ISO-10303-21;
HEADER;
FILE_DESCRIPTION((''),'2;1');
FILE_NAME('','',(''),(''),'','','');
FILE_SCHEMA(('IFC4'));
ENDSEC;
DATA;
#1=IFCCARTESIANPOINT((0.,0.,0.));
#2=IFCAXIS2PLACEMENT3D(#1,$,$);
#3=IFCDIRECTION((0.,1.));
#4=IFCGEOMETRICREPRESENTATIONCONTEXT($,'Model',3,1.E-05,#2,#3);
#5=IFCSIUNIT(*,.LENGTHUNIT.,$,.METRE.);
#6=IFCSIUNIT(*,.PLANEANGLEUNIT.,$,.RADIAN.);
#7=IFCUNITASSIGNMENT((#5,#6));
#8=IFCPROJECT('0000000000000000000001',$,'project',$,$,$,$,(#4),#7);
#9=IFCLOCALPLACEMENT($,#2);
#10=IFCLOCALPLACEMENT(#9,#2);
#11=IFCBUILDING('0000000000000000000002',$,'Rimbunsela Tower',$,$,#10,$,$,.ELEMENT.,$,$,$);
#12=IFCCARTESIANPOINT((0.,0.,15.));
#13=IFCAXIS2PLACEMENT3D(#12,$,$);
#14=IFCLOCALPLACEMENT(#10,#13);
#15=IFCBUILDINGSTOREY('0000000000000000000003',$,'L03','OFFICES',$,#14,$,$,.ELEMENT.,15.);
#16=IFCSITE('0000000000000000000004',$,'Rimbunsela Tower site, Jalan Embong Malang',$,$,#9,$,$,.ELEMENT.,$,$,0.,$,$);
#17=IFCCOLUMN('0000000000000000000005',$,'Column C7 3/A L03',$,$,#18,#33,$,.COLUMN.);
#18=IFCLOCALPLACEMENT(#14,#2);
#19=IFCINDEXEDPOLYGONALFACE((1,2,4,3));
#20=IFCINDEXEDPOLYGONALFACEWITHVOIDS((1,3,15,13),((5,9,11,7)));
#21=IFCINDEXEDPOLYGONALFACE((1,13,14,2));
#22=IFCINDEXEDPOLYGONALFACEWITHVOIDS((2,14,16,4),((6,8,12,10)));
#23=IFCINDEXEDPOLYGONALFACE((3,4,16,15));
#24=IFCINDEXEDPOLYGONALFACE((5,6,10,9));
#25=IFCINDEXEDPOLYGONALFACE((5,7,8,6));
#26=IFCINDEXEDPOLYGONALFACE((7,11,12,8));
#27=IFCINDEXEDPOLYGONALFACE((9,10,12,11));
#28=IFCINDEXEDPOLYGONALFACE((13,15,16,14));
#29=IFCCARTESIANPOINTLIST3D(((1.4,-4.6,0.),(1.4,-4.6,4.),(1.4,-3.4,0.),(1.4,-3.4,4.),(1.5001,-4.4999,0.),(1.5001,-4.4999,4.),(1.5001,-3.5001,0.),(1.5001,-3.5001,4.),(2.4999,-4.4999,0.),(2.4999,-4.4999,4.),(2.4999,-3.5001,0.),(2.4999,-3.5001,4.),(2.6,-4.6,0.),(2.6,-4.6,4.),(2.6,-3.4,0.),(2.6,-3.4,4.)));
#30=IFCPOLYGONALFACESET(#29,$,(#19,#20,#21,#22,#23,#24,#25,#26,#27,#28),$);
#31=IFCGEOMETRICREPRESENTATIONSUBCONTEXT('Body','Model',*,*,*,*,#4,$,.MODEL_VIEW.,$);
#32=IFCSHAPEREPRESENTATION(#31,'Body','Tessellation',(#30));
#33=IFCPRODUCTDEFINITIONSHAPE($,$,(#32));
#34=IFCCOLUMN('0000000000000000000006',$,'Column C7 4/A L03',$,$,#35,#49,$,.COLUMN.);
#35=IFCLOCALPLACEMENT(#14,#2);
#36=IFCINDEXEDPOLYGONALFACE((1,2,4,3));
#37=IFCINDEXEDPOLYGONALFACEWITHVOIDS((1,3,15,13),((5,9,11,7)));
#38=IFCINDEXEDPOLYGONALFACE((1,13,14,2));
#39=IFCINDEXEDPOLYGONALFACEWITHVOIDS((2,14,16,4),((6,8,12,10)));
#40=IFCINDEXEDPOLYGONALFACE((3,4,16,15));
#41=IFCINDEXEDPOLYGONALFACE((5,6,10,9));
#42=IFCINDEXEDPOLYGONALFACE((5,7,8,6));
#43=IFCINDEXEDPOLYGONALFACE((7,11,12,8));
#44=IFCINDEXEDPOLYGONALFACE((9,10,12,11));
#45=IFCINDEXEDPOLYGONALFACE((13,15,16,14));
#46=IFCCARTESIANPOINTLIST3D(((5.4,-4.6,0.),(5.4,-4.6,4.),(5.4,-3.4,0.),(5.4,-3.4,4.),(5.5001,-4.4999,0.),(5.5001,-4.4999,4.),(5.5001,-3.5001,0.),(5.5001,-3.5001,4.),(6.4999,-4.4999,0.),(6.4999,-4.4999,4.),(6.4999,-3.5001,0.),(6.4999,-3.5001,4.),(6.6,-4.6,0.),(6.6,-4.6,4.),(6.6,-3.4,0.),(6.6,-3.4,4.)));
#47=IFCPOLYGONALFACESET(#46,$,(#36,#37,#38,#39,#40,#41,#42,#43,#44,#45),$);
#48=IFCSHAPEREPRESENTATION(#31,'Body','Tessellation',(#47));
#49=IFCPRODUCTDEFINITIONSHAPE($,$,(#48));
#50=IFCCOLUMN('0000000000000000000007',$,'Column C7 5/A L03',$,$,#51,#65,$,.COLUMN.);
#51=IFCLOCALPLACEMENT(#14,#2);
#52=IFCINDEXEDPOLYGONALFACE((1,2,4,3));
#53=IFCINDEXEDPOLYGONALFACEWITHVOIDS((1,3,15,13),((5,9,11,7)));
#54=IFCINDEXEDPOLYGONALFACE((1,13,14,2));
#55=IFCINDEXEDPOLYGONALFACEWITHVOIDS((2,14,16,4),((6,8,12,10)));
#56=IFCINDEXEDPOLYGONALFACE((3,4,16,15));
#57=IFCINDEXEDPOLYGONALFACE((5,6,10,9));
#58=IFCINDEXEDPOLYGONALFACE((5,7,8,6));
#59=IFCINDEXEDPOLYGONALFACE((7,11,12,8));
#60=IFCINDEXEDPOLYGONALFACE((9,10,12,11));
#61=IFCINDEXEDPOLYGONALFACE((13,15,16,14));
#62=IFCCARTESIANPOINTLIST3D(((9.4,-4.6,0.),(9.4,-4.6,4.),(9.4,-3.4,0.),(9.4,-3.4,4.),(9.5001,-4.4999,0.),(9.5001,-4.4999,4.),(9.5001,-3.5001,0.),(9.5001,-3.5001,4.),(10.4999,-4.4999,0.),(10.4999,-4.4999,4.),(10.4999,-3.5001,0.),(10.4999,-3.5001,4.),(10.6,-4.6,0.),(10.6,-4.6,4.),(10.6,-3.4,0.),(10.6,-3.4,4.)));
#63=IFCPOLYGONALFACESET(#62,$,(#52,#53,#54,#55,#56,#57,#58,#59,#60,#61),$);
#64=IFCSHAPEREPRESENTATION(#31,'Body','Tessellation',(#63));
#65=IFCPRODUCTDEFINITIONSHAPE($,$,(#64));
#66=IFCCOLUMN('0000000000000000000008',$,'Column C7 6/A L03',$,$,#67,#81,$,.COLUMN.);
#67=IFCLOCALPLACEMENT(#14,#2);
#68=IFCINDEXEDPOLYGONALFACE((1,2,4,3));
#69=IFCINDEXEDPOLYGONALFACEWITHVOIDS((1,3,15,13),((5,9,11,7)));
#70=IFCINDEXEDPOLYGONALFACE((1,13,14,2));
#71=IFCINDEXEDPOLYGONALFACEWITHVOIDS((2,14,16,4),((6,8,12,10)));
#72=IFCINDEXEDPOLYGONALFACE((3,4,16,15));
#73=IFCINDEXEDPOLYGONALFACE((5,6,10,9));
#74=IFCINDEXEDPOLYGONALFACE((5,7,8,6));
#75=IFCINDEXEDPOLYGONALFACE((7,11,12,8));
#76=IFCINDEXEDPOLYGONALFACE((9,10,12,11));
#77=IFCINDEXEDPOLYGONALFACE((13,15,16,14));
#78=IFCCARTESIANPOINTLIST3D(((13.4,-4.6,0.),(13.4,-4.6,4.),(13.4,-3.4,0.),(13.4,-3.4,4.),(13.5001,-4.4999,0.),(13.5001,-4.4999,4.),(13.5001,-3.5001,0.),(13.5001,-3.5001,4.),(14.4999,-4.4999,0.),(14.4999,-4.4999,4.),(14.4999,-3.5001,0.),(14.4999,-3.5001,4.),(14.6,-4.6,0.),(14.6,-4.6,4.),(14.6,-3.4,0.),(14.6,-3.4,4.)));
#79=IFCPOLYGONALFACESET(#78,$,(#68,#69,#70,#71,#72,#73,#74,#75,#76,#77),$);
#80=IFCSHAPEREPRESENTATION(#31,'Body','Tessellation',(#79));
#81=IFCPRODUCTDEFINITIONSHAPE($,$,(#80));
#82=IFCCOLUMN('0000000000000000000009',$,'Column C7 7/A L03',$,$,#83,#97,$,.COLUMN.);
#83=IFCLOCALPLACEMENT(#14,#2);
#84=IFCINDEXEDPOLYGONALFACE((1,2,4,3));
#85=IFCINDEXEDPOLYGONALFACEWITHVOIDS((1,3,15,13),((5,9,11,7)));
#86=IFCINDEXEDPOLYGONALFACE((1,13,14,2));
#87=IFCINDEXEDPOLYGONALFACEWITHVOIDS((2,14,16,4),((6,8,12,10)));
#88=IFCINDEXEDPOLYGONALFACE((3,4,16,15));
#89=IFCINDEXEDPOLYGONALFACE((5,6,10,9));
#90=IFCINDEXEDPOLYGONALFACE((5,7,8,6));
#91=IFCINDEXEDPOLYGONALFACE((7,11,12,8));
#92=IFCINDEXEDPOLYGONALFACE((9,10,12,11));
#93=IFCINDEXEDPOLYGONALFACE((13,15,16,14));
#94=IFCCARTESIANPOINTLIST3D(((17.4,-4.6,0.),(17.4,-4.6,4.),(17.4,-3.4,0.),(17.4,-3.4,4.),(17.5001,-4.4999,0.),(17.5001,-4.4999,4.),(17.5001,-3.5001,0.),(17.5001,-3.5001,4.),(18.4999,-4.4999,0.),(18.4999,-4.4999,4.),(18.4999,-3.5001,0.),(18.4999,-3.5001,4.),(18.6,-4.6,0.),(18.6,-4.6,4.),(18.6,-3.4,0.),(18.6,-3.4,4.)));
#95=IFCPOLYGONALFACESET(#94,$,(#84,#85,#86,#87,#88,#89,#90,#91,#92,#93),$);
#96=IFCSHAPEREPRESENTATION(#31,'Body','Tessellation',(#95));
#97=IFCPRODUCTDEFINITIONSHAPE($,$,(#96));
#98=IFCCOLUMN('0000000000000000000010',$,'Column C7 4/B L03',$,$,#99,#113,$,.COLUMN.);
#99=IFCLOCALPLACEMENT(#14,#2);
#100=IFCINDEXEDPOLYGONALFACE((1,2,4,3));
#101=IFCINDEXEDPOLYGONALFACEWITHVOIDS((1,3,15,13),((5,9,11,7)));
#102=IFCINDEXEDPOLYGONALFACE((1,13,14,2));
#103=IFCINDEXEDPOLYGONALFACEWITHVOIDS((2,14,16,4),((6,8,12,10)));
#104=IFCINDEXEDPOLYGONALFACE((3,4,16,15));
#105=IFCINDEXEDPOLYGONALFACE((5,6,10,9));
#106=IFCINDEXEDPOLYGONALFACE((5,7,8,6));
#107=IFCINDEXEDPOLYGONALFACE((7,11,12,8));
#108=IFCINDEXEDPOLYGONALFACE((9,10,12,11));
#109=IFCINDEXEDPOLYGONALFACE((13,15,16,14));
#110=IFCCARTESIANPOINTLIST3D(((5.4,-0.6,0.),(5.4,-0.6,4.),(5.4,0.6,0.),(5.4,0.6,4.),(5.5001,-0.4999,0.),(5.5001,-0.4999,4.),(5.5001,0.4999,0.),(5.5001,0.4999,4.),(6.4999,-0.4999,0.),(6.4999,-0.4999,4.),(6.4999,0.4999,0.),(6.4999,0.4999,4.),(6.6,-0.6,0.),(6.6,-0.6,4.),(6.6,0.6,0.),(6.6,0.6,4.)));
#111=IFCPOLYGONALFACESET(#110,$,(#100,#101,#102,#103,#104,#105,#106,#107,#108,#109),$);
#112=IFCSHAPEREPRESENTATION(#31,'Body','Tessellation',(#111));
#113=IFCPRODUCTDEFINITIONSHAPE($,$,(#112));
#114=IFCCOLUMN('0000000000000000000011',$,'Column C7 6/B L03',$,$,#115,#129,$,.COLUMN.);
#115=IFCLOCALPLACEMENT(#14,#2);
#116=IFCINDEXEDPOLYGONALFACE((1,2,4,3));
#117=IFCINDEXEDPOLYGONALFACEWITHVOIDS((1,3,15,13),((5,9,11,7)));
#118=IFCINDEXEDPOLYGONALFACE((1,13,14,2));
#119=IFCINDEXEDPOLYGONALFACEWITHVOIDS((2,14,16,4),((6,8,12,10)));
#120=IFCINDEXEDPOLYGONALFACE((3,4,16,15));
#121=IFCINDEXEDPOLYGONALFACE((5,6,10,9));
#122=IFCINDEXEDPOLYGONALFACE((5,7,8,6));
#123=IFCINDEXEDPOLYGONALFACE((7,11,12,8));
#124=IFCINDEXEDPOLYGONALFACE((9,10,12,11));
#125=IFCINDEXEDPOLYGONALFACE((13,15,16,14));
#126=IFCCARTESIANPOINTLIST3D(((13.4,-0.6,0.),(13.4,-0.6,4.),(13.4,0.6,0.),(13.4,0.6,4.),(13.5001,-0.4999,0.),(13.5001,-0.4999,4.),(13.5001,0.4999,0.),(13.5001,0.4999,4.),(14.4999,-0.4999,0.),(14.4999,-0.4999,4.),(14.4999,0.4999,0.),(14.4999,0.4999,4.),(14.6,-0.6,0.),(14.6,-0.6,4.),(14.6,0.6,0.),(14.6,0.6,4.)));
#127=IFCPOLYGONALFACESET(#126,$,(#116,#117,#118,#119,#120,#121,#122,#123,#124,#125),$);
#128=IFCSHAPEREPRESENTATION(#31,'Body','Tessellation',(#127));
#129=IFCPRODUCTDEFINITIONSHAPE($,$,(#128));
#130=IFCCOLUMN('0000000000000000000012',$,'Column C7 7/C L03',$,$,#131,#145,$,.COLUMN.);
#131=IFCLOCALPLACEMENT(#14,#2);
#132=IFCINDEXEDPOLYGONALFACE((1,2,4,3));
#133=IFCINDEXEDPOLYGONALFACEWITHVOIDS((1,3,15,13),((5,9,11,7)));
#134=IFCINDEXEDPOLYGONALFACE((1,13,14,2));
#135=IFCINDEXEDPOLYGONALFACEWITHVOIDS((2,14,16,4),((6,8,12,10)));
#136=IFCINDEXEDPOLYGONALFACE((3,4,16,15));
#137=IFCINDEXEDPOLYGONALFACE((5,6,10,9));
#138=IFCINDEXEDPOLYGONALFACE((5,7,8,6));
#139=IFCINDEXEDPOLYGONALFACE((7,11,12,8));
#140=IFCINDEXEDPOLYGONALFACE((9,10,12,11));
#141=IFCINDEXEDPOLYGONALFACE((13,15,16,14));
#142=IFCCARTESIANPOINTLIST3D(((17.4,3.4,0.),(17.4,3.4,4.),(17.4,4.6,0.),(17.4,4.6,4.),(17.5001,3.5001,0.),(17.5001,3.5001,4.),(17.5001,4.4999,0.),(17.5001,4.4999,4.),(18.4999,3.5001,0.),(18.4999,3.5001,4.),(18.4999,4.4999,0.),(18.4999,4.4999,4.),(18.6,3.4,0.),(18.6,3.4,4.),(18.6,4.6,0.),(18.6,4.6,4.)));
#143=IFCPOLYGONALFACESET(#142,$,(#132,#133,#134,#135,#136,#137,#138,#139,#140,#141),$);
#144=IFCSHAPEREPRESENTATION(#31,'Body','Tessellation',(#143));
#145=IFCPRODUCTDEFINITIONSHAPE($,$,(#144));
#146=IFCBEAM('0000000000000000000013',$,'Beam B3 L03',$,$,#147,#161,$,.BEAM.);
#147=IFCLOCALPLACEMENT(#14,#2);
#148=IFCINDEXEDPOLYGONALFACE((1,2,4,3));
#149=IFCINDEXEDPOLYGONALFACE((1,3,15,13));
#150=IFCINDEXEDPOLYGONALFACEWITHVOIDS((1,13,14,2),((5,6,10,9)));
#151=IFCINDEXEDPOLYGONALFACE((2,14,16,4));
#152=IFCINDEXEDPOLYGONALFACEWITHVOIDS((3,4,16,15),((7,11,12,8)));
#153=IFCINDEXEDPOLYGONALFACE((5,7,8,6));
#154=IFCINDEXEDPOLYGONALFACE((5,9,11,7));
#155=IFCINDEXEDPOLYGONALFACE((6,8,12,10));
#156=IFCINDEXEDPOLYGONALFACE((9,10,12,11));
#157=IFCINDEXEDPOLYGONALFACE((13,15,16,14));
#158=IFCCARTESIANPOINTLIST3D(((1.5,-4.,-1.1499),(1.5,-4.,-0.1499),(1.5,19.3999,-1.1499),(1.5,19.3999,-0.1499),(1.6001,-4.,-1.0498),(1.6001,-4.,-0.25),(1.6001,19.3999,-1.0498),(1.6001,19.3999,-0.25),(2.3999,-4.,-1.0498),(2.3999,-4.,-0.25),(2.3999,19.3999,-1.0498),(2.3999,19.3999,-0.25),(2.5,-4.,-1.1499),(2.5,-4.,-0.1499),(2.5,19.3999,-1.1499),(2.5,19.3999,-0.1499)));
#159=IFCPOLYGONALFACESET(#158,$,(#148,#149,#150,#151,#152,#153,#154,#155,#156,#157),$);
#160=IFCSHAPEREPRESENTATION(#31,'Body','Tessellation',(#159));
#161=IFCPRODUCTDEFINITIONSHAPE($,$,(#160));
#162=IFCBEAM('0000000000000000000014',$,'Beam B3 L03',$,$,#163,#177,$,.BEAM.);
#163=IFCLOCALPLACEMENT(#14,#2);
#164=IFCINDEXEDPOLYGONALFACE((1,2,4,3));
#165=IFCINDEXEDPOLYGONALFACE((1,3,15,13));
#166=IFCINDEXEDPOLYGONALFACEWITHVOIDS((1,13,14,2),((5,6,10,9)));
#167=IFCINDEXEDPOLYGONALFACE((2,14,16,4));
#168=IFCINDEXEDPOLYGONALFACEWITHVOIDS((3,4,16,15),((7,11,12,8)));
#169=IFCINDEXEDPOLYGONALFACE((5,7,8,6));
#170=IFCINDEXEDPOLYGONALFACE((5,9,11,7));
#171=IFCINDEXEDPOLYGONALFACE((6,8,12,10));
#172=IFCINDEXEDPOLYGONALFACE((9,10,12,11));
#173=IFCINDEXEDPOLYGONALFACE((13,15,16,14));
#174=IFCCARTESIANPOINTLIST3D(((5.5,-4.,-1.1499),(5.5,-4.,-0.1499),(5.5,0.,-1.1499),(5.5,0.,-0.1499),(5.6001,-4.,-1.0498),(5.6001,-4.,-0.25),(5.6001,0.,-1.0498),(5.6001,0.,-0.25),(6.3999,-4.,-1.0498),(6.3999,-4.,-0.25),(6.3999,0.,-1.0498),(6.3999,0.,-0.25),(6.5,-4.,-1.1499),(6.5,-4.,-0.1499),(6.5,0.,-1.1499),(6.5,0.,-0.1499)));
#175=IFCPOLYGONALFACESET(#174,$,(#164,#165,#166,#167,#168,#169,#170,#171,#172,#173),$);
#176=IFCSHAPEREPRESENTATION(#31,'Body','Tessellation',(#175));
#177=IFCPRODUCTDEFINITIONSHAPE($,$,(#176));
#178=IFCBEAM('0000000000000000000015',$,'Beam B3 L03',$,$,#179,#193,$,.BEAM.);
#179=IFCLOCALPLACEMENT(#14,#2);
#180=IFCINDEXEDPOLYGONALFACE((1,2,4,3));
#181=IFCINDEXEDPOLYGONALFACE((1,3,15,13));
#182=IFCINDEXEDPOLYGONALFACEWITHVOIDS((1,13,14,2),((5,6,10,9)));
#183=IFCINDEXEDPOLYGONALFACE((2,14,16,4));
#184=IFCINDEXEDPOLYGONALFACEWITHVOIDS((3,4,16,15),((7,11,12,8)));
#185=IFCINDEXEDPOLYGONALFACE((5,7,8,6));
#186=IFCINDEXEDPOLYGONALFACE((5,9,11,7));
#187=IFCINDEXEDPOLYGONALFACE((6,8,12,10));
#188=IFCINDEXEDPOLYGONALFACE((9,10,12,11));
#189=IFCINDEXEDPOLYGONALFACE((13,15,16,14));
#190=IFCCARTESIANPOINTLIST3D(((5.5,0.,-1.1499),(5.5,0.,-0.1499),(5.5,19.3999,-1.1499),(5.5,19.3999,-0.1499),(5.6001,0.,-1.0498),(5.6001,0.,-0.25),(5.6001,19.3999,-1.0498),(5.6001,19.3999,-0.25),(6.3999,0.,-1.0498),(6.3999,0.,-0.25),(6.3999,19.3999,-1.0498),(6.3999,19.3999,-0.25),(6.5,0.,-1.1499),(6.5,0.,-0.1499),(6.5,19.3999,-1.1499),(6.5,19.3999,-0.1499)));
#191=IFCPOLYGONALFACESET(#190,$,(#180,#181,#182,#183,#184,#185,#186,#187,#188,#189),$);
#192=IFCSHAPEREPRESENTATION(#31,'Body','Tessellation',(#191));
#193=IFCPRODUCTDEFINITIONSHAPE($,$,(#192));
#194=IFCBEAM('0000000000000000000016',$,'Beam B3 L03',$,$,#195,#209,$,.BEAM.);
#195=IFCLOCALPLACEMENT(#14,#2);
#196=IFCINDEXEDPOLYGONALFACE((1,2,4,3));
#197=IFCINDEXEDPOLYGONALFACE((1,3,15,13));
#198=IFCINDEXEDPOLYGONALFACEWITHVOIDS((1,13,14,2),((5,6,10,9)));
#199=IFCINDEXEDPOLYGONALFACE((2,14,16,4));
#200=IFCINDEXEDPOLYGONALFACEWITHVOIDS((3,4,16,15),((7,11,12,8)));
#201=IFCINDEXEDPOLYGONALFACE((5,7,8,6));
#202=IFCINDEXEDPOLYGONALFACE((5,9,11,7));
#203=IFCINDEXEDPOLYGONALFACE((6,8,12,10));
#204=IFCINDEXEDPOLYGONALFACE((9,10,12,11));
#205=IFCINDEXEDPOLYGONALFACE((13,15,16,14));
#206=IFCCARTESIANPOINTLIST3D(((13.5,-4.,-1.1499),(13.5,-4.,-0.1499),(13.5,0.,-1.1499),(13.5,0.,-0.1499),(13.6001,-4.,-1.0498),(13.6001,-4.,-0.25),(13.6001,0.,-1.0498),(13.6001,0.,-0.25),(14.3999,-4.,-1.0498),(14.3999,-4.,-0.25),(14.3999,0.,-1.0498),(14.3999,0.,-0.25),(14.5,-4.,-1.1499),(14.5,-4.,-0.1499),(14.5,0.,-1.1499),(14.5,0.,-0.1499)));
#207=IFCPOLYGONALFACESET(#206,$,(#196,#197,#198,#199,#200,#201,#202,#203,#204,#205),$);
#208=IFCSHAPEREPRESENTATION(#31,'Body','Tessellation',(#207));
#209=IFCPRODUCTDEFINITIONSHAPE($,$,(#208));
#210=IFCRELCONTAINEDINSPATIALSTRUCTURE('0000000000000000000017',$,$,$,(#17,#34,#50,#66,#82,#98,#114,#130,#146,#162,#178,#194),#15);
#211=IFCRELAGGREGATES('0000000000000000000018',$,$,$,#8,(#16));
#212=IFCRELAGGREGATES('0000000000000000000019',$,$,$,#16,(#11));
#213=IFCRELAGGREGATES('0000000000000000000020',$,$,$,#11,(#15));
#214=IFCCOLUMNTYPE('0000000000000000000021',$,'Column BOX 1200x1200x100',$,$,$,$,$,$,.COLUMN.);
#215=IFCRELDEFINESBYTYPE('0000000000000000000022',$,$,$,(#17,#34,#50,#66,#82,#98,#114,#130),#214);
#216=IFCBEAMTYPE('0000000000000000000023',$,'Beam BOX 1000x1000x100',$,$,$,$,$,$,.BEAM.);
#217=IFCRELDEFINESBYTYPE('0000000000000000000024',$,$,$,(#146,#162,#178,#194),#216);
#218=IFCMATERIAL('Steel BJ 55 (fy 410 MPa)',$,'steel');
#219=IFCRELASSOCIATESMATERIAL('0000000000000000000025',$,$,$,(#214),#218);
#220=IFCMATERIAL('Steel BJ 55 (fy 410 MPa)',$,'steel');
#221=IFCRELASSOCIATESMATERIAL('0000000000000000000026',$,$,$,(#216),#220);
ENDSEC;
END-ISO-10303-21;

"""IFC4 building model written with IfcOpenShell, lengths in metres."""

from ifc_helpers import new_model, si_unit, direction, frame, origin, origin_2d, place, context, subcontext, project, spatial, hollow_rectangle, extrude, material, material_profile, profile_set, type_object, element, save


model = new_model("IFC4")

# Units and contexts
model_context = context("Model", 3, precision=1e-05, world=origin(), true_north=direction((0.0, 1.0)))
body_context = subcontext(model_context, "Body", "Model", "MODEL_VIEW")
ifc_project = project(units=[si_unit("LENGTHUNIT", "METRE"), si_unit("PLANEANGLEUNIT", "RADIAN")], contexts=[model_context])

# Site, building, storey
site_placement = place(None, origin())
site = spatial("IfcSite", under=ifc_project, at=site_placement, Name="Rimbunsela Tower site, Jalan Embong Malang", CompositionType="ELEMENT", RefElevation=0.0)
building_placement = place(site_placement, origin())
building = spatial("IfcBuilding", under=site, at=building_placement, Name="Rimbunsela Tower", CompositionType="ELEMENT")
storey_placement = place(building_placement, frame((0.0, 0.0, 15.0)))
storey = spatial("IfcBuildingStorey", under=building, at=storey_placement, Name="L03", Description="OFFICES", CompositionType="ELEMENT", Elevation=15.0)

# Columns
ifc_material_1 = material(Name="Steel BJ 55 (fy 410 MPa)", Category="steel")
ifc_material_profile_1 = material_profile(ifc_material_1, hollow_rectangle(XDim=1.2, YDim=1.2, WallThickness=0.1001, at=origin_2d()), Name="BOX 1200x1200x100")
ifc_profile_set_1 = profile_set([ifc_material_profile_1], Name="Steel BJ 55 (fy 410 MPa)")
column_type = type_object("IfcColumnType", Name="Column BOX 1200x1200x100", PredefinedType="COLUMN", material=ifc_profile_set_1)
for number, where, z_axis, x_axis, name in (
    (1, (2.0, -4.0, 0.0), (0.0, 0.0, 1.0), (1.0, 0.0, 0.0), "Column C7 3/A L03"),
    (2, (6.0, -4.0, 0.0), (0.0, 0.0, 1.0), (1.0, 0.0, 0.0), "Column C7 4/A L03"),
    (3, (10.0, -4.0, 0.0), (0.0, 0.0, 1.0), (1.0, 0.0, 0.0), "Column C7 5/A L03"),
    (4, (14.0, -4.0, 0.0), (0.0, 0.0, 1.0), (1.0, 0.0, 0.0), "Column C7 6/A L03"),
    (5, (18.0, -4.0, 0.0), (0.0, 0.0, 1.0), (1.0, 0.0, 0.0), "Column C7 7/A L03"),
    (6, (6.0, 0.0, 0.0), (0.0, 0.0, 1.0), (1.0, 0.0, 0.0), "Column C7 4/B L03"),
    (7, (14.0, 0.0, 0.0), (0.0, 0.0, 1.0), (1.0, 0.0, 0.0), "Column C7 6/B L03"),
    (8, (18.0, 4.0, 0.0), (0.0, 0.0, 1.0), (1.0, 0.0, 0.0), "Column C7 7/C L03"),
):
    element("IfcColumn", number, at=place(storey_placement, frame(where, z_axis=z_axis, x_axis=x_axis)), inside=storey, type_object=column_type, Name=name, PredefinedType="COLUMN", context=body_context, shape_type="SweptSolid", body=[
        extrude(hollow_rectangle(XDim=1.2, YDim=1.2, WallThickness=0.1001, at=origin_2d()), origin(), (0.0, 0.0, 1.0), 4.0),
    ])

# Beams
ifc_material_2 = material(Name="Steel BJ 55 (fy 410 MPa)", Category="steel")
ifc_material_profile_2 = material_profile(ifc_material_2, hollow_rectangle(XDim=1.0, YDim=1.0, WallThickness=0.1001, at=origin_2d()), Name="BOX 1000x1000x100")
ifc_profile_set_2 = profile_set([ifc_material_profile_2], Name="Steel BJ 55 (fy 410 MPa)")
beam_type_1 = type_object("IfcBeamType", Name="Beam BOX 1000x1000x100", PredefinedType="BEAM", material=ifc_profile_set_2)
beam_1_placement = place(storey_placement, frame((2.0, -4.0, -0.6499), z_axis=(0.0, 1.0, 0.0), x_axis=(-1.0, 0.0, 0.0)))
element("IfcBeam", 9, at=beam_1_placement, inside=storey, type_object=beam_type_1, Name="Beam B3 L03", PredefinedType="BEAM", context=body_context, shape_type="SweptSolid", body=[
    extrude(hollow_rectangle(XDim=1.0, YDim=1.0, WallThickness=0.1001, at=origin_2d()), origin(), (0.0, 0.0, 1.0), 23.3999),
])
beam_2_placement = place(storey_placement, frame((6.0, -4.0, -0.6499), z_axis=(0.0, 1.0, 0.0), x_axis=(-1.0, 0.0, 0.0)))
element("IfcBeam", 10, at=beam_2_placement, inside=storey, type_object=beam_type_1, Name="Beam B3 L03", PredefinedType="BEAM", context=body_context, shape_type="SweptSolid", body=[
    extrude(hollow_rectangle(XDim=1.0, YDim=1.0, WallThickness=0.1001, at=origin_2d()), origin(), (0.0, 0.0, 1.0), 4.0),
])
beam_3_placement = place(storey_placement, frame((6.0, 0.0, -0.6499), z_axis=(0.0, 1.0, 0.0), x_axis=(-1.0, 0.0, 0.0)))
element("IfcBeam", 11, at=beam_3_placement, inside=storey, type_object=beam_type_1, Name="Beam B3 L03", PredefinedType="BEAM", context=body_context, shape_type="SweptSolid", body=[
    extrude(hollow_rectangle(XDim=1.0, YDim=1.0, WallThickness=0.1001, at=origin_2d()), origin(), (0.0, 0.0, 1.0), 19.3999),
])
beam_4_placement = place(storey_placement, frame((14.0, -4.0, -0.6499), z_axis=(0.0, 1.0, 0.0), x_axis=(-1.0, 0.0, 0.0)))
element("IfcBeam", 12, at=beam_4_placement, inside=storey, type_object=beam_type_1, Name="Beam B3 L03", PredefinedType="BEAM", context=body_context, shape_type="SweptSolid", body=[
    extrude(hollow_rectangle(XDim=1.0, YDim=1.0, WallThickness=0.1001, at=origin_2d()), origin(), (0.0, 0.0, 1.0), 4.0),
])

save(model, "model.ifc")
